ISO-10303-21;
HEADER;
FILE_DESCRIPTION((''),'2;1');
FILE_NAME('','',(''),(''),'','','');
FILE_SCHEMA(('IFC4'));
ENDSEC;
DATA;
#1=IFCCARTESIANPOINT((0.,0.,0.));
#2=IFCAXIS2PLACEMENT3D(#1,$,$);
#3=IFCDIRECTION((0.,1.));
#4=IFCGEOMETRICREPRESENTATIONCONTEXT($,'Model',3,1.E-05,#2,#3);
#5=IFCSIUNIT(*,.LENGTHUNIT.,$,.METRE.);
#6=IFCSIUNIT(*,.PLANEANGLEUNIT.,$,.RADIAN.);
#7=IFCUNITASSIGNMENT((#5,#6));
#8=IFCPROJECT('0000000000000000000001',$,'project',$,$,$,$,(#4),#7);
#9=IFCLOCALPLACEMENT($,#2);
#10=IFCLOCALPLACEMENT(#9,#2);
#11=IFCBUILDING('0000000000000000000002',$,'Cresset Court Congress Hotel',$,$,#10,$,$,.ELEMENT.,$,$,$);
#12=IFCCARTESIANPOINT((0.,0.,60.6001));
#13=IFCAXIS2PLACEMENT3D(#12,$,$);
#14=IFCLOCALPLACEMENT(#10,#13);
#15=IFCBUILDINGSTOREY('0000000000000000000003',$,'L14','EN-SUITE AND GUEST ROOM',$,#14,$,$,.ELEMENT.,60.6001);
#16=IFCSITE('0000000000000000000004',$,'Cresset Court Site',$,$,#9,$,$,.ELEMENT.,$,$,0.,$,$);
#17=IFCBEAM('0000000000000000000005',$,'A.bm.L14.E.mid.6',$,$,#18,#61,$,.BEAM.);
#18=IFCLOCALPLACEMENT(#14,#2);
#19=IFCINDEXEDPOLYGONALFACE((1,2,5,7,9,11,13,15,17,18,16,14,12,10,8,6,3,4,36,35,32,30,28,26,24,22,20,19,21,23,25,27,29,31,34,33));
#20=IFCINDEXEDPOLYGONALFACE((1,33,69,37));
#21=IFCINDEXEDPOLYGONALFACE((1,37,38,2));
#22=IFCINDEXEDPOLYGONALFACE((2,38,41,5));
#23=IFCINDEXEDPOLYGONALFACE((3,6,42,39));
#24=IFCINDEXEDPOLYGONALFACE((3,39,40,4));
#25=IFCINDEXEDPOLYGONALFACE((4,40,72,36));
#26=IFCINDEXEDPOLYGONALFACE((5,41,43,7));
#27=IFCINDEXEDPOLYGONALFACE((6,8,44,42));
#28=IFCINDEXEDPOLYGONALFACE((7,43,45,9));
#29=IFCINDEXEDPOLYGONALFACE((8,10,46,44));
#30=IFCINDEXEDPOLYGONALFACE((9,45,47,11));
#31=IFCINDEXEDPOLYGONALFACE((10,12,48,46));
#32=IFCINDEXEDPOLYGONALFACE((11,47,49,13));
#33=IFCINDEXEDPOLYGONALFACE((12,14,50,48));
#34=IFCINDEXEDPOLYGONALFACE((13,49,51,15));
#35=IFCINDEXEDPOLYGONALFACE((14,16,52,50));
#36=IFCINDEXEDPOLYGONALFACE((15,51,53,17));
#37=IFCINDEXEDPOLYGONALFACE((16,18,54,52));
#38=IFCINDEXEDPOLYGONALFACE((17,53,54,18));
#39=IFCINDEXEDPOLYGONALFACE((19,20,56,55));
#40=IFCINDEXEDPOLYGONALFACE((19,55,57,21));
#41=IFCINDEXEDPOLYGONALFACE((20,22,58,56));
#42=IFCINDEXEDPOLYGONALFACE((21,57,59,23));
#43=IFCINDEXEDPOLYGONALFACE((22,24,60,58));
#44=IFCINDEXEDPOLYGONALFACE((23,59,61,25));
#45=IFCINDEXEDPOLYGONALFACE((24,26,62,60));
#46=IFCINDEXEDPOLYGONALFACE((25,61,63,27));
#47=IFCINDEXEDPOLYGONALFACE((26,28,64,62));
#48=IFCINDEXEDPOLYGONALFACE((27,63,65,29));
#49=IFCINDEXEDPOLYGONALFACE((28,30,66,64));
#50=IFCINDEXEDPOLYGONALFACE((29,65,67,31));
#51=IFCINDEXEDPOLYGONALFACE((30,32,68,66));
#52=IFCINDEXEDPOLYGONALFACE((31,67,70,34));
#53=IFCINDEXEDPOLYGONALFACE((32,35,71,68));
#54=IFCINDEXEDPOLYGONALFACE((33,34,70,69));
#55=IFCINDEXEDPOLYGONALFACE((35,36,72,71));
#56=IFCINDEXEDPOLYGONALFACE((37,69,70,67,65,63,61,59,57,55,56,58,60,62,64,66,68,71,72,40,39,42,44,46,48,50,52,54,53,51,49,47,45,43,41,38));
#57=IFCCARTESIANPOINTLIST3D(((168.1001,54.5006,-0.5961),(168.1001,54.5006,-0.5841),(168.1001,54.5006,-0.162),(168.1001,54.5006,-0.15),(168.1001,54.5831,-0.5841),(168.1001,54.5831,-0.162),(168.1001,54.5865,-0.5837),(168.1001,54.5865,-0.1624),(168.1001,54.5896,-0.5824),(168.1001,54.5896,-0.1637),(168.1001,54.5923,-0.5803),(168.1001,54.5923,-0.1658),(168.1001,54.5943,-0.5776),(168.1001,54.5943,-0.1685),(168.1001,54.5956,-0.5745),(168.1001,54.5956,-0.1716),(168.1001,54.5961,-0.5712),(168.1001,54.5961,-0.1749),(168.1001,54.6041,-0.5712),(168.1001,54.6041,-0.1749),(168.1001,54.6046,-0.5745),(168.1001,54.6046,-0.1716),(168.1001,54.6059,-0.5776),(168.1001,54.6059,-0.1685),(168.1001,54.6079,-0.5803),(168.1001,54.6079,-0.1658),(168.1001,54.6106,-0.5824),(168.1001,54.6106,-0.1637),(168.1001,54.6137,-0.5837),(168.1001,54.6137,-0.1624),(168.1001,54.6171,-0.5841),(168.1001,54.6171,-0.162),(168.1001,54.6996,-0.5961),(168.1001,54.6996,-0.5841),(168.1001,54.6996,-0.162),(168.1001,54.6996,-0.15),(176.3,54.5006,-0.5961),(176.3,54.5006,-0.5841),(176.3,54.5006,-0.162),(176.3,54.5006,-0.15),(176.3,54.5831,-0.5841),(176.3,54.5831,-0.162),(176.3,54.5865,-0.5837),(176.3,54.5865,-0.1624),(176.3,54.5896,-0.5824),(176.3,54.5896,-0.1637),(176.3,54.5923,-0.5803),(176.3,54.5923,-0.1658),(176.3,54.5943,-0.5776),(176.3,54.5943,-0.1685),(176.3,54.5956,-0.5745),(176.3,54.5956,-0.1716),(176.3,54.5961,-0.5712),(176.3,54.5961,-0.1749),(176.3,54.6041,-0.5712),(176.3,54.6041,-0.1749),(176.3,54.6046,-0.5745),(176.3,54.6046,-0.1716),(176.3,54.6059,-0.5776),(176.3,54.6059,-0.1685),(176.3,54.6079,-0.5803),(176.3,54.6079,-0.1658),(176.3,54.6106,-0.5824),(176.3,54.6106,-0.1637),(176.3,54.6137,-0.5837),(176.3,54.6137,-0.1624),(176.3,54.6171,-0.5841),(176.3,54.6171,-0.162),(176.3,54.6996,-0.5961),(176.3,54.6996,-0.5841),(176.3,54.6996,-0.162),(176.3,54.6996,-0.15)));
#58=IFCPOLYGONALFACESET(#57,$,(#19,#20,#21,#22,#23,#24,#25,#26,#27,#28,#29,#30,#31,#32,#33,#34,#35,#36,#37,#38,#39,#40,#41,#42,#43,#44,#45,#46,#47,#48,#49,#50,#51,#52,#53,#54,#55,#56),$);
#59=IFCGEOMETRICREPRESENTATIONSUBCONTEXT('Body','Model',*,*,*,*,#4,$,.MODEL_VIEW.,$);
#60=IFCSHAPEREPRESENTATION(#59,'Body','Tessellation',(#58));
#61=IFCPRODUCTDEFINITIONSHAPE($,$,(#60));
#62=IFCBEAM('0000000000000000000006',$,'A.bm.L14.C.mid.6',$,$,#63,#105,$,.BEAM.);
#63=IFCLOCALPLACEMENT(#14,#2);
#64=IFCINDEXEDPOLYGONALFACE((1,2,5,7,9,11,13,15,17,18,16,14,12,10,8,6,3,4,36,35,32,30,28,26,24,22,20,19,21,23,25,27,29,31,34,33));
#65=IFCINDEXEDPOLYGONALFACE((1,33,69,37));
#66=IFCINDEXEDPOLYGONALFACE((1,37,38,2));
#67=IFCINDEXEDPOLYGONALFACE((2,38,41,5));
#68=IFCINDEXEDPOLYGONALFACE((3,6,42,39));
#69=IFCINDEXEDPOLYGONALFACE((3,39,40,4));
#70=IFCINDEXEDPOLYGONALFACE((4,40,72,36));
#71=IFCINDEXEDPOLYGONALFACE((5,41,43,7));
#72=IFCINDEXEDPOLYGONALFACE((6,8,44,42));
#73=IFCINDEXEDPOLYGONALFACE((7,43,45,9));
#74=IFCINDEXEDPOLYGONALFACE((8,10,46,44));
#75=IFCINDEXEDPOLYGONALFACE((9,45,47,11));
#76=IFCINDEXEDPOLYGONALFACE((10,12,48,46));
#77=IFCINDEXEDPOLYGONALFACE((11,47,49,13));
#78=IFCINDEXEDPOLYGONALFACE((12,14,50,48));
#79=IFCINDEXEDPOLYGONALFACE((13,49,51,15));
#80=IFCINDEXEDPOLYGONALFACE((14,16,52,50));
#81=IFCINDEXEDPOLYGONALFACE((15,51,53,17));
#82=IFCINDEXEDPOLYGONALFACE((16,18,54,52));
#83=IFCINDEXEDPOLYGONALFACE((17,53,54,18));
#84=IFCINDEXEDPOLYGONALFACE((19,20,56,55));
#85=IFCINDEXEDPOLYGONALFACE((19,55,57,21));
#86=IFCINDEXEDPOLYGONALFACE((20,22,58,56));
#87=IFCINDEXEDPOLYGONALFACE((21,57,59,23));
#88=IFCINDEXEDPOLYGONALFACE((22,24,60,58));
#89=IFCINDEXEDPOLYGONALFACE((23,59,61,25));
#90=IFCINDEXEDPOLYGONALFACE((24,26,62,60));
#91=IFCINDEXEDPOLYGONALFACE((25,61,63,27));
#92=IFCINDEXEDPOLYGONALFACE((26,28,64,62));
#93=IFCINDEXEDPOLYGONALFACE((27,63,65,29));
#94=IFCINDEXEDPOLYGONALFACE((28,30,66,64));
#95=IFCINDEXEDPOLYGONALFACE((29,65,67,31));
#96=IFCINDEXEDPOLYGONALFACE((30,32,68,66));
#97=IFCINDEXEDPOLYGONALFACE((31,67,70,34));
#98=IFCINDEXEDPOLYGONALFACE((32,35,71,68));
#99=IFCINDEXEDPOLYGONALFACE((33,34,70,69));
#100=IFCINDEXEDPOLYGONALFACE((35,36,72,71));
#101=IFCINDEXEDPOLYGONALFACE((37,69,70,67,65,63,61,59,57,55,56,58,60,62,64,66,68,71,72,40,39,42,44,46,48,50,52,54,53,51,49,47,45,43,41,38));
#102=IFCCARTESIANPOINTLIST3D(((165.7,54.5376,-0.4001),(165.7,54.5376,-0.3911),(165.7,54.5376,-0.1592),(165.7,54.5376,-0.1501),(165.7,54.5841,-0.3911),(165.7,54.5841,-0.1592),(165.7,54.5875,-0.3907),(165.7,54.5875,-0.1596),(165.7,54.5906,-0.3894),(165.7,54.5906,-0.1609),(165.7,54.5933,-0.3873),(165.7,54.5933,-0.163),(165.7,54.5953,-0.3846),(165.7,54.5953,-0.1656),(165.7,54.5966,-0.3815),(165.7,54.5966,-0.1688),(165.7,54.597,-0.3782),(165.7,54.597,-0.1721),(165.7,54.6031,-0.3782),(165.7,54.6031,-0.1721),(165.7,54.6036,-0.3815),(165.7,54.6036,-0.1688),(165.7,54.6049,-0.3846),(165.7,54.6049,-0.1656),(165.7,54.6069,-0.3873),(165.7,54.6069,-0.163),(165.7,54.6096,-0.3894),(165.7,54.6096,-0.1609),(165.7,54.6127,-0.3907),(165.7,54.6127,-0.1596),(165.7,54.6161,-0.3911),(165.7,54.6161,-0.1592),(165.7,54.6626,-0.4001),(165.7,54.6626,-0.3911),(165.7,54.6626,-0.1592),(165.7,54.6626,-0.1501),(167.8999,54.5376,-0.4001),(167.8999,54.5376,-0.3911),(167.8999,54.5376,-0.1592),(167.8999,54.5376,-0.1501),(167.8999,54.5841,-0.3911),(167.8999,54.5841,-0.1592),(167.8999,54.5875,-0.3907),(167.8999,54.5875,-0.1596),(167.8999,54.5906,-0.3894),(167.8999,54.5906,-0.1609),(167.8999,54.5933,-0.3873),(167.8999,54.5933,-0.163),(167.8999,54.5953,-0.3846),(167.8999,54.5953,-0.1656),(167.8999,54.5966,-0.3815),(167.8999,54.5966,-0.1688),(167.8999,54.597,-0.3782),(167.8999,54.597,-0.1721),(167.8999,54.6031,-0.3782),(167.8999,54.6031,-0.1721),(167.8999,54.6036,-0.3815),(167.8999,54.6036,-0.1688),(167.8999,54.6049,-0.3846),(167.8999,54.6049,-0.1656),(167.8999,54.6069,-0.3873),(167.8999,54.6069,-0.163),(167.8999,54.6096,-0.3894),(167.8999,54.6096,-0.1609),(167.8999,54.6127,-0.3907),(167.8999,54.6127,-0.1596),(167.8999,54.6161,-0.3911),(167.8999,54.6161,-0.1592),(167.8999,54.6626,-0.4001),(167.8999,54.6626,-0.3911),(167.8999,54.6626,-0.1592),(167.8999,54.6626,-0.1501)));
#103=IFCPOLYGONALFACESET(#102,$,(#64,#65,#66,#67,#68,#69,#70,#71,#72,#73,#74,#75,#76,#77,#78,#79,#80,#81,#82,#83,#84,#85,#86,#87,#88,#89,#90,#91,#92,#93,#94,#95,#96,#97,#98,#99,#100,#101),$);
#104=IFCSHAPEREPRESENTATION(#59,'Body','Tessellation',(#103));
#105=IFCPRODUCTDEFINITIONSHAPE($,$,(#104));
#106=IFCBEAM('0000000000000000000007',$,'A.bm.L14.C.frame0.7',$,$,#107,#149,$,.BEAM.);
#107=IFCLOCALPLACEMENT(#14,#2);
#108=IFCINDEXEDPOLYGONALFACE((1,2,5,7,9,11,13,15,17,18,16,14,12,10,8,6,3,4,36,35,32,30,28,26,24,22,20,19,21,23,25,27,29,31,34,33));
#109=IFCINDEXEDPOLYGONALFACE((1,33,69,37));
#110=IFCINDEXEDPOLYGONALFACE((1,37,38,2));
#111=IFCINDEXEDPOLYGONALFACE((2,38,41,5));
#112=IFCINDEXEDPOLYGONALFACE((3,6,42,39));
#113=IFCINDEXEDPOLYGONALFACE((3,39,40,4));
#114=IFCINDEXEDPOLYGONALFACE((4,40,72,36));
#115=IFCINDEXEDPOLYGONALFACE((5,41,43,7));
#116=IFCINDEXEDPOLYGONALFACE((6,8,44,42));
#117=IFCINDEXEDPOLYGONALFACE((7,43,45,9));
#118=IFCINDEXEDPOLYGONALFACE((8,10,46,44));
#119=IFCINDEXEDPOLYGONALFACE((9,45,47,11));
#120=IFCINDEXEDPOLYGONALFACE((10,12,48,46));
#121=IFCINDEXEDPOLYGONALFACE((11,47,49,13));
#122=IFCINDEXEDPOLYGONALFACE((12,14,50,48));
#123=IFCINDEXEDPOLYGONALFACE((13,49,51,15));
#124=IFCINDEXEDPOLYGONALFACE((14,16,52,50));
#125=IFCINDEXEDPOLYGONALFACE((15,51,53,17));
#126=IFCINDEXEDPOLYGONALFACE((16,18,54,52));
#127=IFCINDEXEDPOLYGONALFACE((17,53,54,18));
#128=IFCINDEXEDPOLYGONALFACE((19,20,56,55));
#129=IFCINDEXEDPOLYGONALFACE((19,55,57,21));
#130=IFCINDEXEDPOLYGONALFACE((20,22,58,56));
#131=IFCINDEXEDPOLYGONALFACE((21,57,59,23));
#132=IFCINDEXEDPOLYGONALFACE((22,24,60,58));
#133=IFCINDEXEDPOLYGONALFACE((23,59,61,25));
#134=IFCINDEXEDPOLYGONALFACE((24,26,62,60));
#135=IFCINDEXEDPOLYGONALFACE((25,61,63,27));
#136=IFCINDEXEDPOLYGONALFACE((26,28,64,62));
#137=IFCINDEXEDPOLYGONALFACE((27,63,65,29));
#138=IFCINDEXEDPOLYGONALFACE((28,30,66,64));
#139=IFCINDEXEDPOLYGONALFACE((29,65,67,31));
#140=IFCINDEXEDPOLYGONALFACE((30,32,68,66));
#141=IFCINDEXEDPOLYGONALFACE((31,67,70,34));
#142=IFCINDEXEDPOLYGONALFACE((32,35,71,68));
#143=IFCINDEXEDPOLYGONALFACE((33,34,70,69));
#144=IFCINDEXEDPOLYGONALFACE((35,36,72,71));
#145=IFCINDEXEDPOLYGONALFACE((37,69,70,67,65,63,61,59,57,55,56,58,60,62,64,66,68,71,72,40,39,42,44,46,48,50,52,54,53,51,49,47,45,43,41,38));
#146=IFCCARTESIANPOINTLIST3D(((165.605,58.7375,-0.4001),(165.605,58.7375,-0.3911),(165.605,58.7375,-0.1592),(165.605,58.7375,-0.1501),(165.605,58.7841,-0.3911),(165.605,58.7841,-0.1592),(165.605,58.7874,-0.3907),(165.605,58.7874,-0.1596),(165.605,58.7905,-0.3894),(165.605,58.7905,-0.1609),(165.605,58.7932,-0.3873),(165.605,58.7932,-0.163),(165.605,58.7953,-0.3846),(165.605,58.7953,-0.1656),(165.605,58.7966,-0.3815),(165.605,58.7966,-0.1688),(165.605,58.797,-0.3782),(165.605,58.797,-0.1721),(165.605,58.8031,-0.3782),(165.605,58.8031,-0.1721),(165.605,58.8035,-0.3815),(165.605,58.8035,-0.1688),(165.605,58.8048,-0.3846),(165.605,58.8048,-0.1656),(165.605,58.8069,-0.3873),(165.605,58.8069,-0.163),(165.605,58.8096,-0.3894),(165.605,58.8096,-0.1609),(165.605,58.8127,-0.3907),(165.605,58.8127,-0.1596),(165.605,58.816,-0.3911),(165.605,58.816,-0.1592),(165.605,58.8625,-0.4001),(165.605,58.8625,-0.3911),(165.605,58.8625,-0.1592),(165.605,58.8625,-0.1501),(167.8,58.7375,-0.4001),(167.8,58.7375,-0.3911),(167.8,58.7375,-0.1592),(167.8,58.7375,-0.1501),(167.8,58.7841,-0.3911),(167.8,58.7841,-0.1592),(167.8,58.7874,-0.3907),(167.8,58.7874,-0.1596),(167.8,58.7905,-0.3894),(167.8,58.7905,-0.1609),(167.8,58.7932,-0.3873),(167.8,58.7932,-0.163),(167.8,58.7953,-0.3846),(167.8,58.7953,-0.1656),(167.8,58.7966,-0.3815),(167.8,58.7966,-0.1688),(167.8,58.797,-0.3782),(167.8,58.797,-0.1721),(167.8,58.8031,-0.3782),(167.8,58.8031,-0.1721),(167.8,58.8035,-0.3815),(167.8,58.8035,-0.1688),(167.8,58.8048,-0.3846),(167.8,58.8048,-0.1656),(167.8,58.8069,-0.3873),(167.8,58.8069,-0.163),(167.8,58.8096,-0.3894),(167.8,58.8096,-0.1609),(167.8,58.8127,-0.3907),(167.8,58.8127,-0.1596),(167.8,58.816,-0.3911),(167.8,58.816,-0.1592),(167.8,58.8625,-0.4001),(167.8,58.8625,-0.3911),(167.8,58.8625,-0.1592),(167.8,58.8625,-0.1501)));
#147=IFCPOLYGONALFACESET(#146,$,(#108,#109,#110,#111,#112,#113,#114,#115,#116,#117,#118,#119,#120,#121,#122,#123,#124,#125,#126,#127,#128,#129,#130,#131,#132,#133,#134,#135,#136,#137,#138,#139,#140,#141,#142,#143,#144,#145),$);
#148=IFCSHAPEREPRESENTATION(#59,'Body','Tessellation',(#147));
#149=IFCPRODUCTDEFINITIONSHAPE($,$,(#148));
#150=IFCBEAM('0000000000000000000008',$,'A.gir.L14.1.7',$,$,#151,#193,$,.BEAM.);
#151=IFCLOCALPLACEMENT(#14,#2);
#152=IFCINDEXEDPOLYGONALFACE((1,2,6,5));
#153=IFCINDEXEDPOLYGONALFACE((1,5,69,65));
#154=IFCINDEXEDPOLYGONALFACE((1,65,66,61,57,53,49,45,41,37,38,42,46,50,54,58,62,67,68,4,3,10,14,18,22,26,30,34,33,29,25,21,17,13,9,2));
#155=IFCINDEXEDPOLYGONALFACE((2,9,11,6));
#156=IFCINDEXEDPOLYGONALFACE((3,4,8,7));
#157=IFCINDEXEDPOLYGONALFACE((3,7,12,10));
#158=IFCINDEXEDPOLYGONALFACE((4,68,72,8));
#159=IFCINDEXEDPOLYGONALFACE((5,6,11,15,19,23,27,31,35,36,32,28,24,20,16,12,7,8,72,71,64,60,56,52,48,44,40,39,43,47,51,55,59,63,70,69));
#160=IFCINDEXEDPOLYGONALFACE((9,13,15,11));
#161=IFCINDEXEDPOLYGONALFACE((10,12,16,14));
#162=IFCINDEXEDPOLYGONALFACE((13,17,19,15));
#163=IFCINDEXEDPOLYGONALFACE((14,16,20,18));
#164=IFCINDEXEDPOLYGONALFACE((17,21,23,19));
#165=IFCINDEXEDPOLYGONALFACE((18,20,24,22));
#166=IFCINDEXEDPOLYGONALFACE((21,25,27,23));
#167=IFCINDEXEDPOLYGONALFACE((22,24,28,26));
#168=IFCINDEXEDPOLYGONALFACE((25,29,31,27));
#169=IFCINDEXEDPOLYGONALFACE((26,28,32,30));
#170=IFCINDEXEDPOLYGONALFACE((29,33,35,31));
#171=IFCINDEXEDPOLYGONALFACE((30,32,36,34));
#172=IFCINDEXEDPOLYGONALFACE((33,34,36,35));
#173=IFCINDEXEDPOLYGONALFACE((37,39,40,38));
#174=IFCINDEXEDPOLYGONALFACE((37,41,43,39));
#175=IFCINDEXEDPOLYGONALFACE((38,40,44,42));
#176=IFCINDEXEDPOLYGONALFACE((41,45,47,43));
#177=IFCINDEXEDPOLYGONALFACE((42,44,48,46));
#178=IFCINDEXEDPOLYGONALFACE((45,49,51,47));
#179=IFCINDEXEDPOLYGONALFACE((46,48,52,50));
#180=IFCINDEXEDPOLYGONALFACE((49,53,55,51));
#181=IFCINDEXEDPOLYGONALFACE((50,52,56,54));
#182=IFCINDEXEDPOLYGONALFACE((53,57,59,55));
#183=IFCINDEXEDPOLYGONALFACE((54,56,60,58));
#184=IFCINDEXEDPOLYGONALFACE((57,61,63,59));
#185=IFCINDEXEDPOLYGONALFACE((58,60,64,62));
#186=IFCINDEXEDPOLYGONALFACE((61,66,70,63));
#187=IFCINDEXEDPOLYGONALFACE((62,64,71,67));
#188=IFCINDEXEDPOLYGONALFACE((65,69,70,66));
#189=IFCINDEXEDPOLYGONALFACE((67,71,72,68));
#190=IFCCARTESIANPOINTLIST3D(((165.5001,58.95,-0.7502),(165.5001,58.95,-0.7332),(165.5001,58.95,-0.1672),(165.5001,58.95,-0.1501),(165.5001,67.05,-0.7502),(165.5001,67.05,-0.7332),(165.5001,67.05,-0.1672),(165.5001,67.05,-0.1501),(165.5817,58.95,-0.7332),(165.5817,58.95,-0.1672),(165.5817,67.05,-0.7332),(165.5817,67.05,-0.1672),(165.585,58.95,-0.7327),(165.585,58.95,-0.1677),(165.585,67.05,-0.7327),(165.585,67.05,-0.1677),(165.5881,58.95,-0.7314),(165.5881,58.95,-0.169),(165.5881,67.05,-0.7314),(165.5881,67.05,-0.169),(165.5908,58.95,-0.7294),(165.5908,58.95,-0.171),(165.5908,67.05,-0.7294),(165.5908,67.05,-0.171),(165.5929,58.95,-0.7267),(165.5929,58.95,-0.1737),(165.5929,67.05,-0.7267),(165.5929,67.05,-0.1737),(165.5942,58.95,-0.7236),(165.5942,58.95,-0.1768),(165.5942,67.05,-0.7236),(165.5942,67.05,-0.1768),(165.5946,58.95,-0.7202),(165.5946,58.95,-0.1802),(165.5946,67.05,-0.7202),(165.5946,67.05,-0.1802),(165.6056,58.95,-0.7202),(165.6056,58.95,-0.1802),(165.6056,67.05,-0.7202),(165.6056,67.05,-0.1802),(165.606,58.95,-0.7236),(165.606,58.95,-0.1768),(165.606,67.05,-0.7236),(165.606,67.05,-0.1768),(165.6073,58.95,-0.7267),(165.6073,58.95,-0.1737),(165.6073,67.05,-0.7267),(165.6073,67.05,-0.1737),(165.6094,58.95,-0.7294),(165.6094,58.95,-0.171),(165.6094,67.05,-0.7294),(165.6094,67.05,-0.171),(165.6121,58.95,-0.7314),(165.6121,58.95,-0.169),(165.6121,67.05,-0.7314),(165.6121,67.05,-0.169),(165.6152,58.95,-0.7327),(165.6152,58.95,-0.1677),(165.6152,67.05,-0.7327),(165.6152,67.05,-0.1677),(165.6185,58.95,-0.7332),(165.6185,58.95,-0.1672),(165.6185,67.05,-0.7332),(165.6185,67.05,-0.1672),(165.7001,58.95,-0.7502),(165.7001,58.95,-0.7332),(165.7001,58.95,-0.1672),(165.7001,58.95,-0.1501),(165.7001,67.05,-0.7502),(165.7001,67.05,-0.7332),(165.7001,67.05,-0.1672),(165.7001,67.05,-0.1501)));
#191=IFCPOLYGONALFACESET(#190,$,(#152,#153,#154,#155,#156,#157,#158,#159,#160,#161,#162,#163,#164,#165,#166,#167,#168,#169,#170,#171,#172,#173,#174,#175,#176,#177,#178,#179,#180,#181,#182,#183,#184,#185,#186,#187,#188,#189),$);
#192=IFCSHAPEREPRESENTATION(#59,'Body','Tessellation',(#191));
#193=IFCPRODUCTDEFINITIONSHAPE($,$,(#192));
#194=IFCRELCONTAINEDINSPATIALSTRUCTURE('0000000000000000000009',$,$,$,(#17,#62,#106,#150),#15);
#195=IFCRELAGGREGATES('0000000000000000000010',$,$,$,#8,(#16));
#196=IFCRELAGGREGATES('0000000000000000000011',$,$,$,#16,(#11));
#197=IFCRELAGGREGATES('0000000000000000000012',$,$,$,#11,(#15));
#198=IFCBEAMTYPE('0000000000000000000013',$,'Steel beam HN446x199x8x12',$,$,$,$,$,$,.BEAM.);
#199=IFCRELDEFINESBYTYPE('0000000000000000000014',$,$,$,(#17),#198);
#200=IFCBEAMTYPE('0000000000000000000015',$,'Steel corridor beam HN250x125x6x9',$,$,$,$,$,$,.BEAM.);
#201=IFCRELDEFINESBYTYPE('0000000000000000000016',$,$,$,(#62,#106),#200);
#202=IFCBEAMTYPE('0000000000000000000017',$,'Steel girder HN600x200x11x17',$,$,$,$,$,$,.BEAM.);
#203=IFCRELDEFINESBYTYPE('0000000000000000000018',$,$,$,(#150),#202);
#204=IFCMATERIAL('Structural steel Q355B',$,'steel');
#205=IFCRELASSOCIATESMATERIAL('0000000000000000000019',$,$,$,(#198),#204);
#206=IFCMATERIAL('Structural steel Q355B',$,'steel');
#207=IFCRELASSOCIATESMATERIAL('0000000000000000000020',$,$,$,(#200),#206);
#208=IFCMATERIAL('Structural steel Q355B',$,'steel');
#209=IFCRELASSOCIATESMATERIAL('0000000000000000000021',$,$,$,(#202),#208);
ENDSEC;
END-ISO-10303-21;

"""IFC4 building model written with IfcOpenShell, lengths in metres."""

from ifc_helpers import new_model, si_unit, direction, frame, origin, origin_2d, place, context, subcontext, project, spatial, i_section, extrude, material, material_profile, profile_set, type_object, element, save


model = new_model("IFC4")

# Units and contexts
model_context = context("Model", 3, precision=1e-05, world=origin(), true_north=direction((0.0, 1.0)))
body_context = subcontext(model_context, "Body", "Model", "MODEL_VIEW")
ifc_project = project(units=[si_unit("LENGTHUNIT", "METRE"), si_unit("PLANEANGLEUNIT", "RADIAN")], contexts=[model_context])

# Site, building, storey
site_placement = place(None, origin())
site = spatial("IfcSite", under=ifc_project, at=site_placement, Name="Cresset Court Site", CompositionType="ELEMENT", RefElevation=0.0)
building_placement = place(site_placement, origin())
building = spatial("IfcBuilding", under=site, at=building_placement, Name="Cresset Court Congress Hotel", CompositionType="ELEMENT")
storey_placement = place(building_placement, frame((0.0, 0.0, 60.6001)))
storey = spatial("IfcBuildingStorey", under=building, at=storey_placement, Name="L14", Description="EN-SUITE AND GUEST ROOM", CompositionType="ELEMENT", Elevation=60.6001)

# Beams
ifc_material_1 = material(Name="Structural steel Q355B", Category="steel")
ifc_material_profile_1 = material_profile(ifc_material_1, i_section(OverallWidth=0.199, OverallDepth=0.446, WebThickness=0.0081, FlangeThickness=0.012, FilletRadius=0.0129, at=origin_2d()), Name="HN446x199x8x12")
ifc_profile_set_1 = profile_set([ifc_material_profile_1], Name="Structural steel Q355B")
beam_type_1 = type_object("IfcBeamType", Name="Steel beam HN446x199x8x12", PredefinedType="BEAM", material=ifc_profile_set_1)
beam_1_placement = place(storey_placement, frame((168.1001, 54.6001, -0.373), z_axis=(1.0, 0.0, 0.0), x_axis=(0.0, 1.0, 0.0)))
element("IfcBeam", 1, at=beam_1_placement, inside=storey, type_object=beam_type_1, Name="A.bm.L14.E.mid.6", PredefinedType="BEAM", context=body_context, shape_type="SweptSolid", body=[
    extrude(i_section(OverallWidth=0.199, OverallDepth=0.446, WebThickness=0.0081, FlangeThickness=0.012, FilletRadius=0.0129, at=origin_2d()), origin(), (0.0, 0.0, 1.0), 8.2),
])
ifc_material_2 = material(Name="Structural steel Q355B", Category="steel")
ifc_material_profile_2 = material_profile(ifc_material_2, i_section(OverallWidth=0.125, OverallDepth=0.25, WebThickness=0.0061, FlangeThickness=0.009, FilletRadius=0.0129, at=origin_2d()), Name="HN250x125x6x9")
ifc_profile_set_2 = profile_set([ifc_material_profile_2], Name="Structural steel Q355B")
beam_type_2 = type_object("IfcBeamType", Name="Steel corridor beam HN250x125x6x9", PredefinedType="BEAM", material=ifc_profile_set_2)
beam_2_placement = place(storey_placement, frame((165.7, 54.6001, -0.2751), z_axis=(1.0, 0.0, 0.0), x_axis=(0.0, 1.0, 0.0)))
element("IfcBeam", 2, at=beam_2_placement, inside=storey, type_object=beam_type_2, Name="A.bm.L14.C.mid.6", PredefinedType="BEAM", context=body_context, shape_type="SweptSolid", body=[
    extrude(i_section(OverallWidth=0.125, OverallDepth=0.25, WebThickness=0.0061, FlangeThickness=0.009, FilletRadius=0.0129, at=origin_2d()), origin(), (0.0, 0.0, 1.0), 2.2),
])
beam_3_placement = place(storey_placement, frame((165.605, 58.8, -0.2751), z_axis=(1.0, 0.0, 0.0), x_axis=(0.0, 1.0, 0.0)))
element("IfcBeam", 3, at=beam_3_placement, inside=storey, type_object=beam_type_2, Name="A.bm.L14.C.frame0.7", PredefinedType="BEAM", context=body_context, shape_type="SweptSolid", body=[
    extrude(i_section(OverallWidth=0.125, OverallDepth=0.25, WebThickness=0.0061, FlangeThickness=0.009, FilletRadius=0.0129, at=origin_2d()), origin(), (0.0, 0.0, 1.0), 2.1951),
])
ifc_material_3 = material(Name="Structural steel Q355B", Category="steel")
ifc_material_profile_3 = material_profile(ifc_material_3, i_section(OverallWidth=0.2, OverallDepth=0.6001, WebThickness=0.011, FlangeThickness=0.0171, FilletRadius=0.0129, at=origin_2d()), Name="HN600x200x11x17")
ifc_profile_set_3 = profile_set([ifc_material_profile_3], Name="Structural steel Q355B")
beam_type_3 = type_object("IfcBeamType", Name="Steel girder HN600x200x11x17", PredefinedType="BEAM", material=ifc_profile_set_3)
beam_4_placement = place(storey_placement, frame((165.6001, 58.95, -0.4502), z_axis=(0.0, 1.0, 0.0), x_axis=(-1.0, 0.0, 0.0)))
element("IfcBeam", 4, at=beam_4_placement, inside=storey, type_object=beam_type_3, Name="A.gir.L14.1.7", PredefinedType="BEAM", context=body_context, shape_type="SweptSolid", body=[
    extrude(i_section(OverallWidth=0.2, OverallDepth=0.6001, WebThickness=0.011, FlangeThickness=0.0171, FilletRadius=0.0129, at=origin_2d()), origin(), (0.0, 0.0, 1.0), 8.1001),
])

save(model, "model.ifc")
